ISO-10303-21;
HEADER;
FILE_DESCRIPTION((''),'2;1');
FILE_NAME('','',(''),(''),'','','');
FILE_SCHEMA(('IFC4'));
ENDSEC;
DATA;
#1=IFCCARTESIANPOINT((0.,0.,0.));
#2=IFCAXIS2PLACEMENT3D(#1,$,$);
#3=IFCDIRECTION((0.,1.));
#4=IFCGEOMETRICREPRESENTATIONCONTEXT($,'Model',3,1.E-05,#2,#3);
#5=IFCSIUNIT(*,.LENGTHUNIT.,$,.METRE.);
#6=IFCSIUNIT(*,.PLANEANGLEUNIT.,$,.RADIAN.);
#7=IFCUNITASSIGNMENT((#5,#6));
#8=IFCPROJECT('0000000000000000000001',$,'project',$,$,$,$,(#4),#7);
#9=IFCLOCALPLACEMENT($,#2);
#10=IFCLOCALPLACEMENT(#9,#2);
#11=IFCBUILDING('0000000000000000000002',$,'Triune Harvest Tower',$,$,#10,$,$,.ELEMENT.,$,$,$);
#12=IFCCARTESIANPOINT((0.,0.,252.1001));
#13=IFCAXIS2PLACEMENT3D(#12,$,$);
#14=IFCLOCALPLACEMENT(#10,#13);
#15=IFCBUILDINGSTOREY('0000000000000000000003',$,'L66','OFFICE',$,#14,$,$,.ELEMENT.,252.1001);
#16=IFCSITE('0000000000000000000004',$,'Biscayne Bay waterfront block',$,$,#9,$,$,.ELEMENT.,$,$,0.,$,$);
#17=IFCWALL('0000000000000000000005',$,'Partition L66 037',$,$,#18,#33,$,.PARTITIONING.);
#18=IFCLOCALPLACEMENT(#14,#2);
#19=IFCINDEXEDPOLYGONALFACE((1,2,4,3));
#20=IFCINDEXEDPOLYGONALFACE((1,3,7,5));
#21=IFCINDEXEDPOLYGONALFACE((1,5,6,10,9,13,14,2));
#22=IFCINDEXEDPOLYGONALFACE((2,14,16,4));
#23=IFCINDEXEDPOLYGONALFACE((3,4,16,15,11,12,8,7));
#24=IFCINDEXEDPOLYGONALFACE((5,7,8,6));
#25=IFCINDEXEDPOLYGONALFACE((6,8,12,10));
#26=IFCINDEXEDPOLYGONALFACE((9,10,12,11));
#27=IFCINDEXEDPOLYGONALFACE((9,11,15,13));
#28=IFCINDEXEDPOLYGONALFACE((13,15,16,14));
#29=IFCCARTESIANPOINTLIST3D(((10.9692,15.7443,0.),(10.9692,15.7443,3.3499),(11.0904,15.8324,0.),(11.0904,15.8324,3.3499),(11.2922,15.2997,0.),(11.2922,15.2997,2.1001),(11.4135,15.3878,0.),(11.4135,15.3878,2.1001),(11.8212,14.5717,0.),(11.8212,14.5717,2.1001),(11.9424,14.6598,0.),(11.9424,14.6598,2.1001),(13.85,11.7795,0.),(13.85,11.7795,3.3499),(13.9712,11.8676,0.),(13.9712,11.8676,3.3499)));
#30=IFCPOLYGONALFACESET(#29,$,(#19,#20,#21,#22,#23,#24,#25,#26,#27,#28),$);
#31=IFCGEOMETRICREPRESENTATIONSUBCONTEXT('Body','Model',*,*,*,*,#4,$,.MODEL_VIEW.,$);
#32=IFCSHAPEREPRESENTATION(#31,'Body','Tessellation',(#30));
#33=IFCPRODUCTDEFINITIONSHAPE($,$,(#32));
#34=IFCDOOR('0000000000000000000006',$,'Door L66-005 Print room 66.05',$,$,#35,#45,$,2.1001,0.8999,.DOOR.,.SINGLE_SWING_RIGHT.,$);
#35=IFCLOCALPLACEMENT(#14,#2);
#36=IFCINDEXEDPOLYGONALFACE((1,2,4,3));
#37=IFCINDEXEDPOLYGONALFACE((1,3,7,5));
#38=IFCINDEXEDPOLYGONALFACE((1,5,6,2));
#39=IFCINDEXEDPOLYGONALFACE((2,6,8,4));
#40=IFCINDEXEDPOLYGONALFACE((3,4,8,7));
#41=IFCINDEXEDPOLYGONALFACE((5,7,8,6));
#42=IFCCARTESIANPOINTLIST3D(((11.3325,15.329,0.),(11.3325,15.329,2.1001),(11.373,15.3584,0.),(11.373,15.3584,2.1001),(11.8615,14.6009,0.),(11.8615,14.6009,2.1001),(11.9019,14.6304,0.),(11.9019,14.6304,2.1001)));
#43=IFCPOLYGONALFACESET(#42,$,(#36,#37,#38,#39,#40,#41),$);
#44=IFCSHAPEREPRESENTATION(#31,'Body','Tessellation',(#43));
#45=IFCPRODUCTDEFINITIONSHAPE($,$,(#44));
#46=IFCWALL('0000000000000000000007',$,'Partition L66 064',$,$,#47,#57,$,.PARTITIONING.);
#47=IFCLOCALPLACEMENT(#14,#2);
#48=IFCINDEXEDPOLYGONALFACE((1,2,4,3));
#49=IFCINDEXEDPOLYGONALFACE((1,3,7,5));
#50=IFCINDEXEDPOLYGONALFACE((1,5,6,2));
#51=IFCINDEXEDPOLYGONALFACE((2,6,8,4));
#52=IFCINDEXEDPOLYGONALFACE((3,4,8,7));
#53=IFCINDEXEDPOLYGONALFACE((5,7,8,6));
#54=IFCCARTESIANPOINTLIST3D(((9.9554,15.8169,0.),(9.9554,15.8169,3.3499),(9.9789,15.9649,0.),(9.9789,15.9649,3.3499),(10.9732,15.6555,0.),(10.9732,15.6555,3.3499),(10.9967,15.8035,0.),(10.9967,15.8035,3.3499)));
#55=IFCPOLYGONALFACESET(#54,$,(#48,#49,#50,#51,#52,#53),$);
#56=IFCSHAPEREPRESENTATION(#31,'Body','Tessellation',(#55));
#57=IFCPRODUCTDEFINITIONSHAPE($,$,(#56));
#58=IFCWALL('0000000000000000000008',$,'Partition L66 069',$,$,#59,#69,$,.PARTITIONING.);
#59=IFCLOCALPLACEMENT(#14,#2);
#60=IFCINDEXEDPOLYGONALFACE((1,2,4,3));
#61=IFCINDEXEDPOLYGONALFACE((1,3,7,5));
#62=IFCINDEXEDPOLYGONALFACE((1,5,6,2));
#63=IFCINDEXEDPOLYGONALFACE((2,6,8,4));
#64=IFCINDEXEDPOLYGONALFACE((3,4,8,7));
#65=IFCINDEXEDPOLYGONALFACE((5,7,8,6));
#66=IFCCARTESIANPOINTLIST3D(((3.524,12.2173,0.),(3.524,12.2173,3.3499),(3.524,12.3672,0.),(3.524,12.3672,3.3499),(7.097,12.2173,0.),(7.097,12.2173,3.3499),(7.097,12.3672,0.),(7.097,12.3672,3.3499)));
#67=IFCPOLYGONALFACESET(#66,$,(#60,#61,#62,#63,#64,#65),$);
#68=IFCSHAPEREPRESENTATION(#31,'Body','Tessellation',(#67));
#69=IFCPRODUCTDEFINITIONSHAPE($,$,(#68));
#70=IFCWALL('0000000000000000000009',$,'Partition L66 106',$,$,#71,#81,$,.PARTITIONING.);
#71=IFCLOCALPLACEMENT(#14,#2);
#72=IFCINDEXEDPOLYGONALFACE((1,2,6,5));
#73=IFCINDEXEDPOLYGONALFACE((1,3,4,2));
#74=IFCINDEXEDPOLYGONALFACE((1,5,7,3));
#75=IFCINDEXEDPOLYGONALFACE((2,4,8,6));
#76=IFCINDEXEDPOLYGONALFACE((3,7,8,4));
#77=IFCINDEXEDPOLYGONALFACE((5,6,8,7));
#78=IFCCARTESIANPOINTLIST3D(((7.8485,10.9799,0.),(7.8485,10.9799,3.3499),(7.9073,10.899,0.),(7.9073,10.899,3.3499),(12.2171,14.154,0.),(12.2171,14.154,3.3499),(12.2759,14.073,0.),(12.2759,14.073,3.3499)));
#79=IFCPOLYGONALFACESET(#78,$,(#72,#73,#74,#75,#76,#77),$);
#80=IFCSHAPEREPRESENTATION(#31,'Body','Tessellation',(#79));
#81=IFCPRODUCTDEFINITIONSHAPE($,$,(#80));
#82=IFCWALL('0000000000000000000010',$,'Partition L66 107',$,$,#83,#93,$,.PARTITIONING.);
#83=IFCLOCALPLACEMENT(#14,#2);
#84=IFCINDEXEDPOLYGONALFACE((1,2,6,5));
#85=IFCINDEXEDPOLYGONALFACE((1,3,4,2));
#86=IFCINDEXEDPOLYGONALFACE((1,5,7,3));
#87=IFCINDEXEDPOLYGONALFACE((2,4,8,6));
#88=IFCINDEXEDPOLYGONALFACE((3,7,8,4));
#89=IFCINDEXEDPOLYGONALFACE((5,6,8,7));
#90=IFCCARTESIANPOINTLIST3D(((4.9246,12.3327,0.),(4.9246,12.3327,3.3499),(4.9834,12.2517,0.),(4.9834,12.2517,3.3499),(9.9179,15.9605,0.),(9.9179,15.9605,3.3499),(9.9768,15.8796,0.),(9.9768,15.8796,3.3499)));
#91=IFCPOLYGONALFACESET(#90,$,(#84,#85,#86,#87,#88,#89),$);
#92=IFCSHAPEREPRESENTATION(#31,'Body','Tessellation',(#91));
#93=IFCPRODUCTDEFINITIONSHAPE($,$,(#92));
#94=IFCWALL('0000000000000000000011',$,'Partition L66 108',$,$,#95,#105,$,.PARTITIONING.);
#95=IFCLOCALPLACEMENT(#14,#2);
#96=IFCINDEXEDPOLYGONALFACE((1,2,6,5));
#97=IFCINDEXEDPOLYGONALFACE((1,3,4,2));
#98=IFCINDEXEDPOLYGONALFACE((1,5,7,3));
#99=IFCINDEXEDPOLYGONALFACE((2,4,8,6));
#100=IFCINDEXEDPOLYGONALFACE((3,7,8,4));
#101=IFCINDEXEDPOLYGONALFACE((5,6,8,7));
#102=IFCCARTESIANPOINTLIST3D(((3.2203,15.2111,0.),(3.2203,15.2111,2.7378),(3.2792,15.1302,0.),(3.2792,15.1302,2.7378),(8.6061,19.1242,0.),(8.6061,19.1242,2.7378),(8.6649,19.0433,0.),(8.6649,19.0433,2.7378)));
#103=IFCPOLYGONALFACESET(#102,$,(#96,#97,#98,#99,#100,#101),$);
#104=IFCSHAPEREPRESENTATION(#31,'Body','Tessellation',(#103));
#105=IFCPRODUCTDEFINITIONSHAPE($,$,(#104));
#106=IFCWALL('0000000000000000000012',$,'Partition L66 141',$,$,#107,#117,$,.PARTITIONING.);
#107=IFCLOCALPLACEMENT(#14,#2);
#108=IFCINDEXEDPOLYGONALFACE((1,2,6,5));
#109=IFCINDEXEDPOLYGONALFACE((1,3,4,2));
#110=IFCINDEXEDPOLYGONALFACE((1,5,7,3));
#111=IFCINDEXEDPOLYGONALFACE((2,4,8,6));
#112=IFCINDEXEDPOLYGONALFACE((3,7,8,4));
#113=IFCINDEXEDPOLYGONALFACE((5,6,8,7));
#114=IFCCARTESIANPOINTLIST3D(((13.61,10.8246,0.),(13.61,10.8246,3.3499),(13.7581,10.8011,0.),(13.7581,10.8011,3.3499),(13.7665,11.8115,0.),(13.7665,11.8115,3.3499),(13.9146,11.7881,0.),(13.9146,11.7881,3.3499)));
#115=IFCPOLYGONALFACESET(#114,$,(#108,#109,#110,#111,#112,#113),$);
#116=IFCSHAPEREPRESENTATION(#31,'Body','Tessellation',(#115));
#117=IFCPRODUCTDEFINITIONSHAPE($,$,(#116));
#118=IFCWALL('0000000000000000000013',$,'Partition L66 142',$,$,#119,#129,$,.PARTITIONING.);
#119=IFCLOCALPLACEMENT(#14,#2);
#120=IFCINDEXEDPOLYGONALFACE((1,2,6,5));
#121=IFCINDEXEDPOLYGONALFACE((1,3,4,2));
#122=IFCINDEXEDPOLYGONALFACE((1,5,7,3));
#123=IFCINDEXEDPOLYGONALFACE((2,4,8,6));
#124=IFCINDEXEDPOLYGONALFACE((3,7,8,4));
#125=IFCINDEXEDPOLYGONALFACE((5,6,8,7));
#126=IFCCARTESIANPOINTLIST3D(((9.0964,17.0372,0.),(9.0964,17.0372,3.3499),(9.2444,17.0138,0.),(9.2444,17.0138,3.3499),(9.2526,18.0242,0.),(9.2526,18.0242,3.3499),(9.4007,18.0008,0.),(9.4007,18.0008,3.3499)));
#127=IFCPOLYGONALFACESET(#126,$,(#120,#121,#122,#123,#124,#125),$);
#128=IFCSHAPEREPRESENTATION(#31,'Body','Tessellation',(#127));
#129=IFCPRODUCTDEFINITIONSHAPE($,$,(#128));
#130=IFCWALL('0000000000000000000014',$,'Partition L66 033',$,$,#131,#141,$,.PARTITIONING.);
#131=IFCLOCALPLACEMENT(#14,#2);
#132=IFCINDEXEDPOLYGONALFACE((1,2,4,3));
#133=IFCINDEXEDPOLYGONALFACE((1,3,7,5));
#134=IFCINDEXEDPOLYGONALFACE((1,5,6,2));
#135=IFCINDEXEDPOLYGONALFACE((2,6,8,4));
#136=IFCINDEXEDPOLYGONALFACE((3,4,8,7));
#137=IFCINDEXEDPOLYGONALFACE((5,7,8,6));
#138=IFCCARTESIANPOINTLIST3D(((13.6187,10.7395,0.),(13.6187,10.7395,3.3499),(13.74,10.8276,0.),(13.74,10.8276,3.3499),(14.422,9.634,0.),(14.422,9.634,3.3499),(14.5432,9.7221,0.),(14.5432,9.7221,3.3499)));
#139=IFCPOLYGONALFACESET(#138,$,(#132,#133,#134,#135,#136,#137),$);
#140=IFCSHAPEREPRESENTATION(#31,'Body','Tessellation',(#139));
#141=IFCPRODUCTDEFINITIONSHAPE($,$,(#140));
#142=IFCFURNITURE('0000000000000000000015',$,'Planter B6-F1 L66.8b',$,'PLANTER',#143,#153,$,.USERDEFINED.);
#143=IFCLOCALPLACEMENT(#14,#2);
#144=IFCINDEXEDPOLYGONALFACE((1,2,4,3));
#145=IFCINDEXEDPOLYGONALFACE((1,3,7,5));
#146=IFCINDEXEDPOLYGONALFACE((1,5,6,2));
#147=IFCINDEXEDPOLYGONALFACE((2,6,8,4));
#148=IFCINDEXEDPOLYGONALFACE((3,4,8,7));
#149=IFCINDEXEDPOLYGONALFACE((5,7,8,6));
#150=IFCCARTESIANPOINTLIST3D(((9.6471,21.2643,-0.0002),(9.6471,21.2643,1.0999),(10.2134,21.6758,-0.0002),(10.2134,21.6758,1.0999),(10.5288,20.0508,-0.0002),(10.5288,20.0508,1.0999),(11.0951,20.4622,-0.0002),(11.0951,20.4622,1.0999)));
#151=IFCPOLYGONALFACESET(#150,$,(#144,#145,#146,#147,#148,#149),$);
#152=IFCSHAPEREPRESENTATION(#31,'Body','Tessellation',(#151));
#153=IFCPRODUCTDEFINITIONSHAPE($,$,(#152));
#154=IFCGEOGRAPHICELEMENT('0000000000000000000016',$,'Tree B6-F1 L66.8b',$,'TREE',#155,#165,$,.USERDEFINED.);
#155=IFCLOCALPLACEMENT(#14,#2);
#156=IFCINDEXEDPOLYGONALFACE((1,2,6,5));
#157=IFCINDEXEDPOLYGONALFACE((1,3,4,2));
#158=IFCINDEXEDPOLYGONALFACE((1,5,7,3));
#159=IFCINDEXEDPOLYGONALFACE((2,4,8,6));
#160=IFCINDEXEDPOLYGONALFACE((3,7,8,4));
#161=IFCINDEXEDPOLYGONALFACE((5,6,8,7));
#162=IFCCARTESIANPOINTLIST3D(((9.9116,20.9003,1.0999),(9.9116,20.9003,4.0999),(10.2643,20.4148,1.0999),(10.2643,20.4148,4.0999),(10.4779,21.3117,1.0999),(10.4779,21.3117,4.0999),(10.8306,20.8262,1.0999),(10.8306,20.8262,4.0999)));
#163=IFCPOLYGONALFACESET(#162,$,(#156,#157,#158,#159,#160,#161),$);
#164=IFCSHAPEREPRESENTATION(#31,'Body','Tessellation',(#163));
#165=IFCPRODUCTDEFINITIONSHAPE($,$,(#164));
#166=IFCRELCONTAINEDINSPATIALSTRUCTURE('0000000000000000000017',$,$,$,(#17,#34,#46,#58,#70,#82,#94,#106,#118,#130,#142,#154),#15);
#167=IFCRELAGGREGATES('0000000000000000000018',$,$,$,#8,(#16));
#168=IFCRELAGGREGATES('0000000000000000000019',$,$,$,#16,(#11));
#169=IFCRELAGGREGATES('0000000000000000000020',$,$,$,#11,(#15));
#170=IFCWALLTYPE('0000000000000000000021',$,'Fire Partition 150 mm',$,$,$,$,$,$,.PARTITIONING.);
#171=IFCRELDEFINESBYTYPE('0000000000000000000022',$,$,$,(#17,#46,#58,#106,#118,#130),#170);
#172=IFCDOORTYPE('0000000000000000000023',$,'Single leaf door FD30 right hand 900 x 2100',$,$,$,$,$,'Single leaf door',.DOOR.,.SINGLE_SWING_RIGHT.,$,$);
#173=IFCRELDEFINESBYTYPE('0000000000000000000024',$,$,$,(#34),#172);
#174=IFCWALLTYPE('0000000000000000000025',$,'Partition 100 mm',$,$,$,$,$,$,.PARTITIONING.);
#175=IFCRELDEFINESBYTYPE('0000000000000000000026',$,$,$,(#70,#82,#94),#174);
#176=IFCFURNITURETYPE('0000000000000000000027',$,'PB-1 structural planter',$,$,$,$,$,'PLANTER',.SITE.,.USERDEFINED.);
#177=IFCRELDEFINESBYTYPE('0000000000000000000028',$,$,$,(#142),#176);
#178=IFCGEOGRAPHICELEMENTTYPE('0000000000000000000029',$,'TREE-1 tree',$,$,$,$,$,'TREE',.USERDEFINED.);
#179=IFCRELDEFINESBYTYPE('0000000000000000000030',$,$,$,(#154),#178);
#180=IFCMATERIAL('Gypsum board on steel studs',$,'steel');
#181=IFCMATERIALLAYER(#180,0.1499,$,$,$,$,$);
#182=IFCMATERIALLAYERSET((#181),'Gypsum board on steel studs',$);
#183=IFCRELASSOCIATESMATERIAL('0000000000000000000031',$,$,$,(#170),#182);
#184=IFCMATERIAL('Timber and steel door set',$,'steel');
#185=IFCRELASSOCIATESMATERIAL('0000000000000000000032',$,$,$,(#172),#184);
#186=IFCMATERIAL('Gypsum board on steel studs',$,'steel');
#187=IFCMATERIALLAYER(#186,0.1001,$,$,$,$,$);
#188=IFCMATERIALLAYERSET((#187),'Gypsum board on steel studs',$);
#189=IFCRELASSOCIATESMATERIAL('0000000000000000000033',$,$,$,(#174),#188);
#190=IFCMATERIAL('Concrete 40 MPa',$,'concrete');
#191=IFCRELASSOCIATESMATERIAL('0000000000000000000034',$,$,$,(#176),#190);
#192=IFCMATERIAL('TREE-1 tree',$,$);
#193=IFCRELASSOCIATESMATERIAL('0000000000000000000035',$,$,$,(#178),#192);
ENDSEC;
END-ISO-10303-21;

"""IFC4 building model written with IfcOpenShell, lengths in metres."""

from ifc_helpers import new_model, si_unit, direction, frame, frame_2d, origin, origin_2d, place, context, subcontext, project, spatial, rectangle, extrude, source, transform, mapped, material, layer, layer_set, type_object, element, fill, save


model = new_model("IFC4")

# Units and contexts
model_context = context("Model", 3, precision=1e-05, world=origin(), true_north=direction((0.0, 1.0)))
body_context = subcontext(model_context, "Body", "Model", "MODEL_VIEW")
ifc_project = project(units=[si_unit("LENGTHUNIT", "METRE"), si_unit("PLANEANGLEUNIT", "RADIAN")], contexts=[model_context])

# Site, building, storey
site_placement = place(None, origin())
site = spatial("IfcSite", under=ifc_project, at=site_placement, Name="Biscayne Bay waterfront block", CompositionType="ELEMENT", RefElevation=0.0)
building_placement = place(site_placement, origin())
building = spatial("IfcBuilding", under=site, at=building_placement, Name="Triune Harvest Tower", CompositionType="ELEMENT")
storey_placement = place(building_placement, frame((0.0, 0.0, 252.1001)))
storey = spatial("IfcBuildingStorey", under=building, at=storey_placement, Name="L66", Description="OFFICE", CompositionType="ELEMENT", Elevation=252.1001)

# Shared definitions
ifc_material_1 = material(Name="Gypsum board on steel studs", Category="steel")
ifc_layer_1 = layer(ifc_material_1, 0.1499)
ifc_layer_set_1 = layer_set([ifc_layer_1], Name="Gypsum board on steel studs")
wall_type_1 = type_object("IfcWallType", Name="Fire Partition 150 mm", PredefinedType="PARTITIONING", material=ifc_layer_set_1)

# Wall, opening, door
wall_1_placement = place(storey_placement, frame((11.0298, 15.7883, 0.0), z_axis=(0.0, 0.0, 1.0), x_axis=(0.587816, -0.808995, 0.0)))
wall_1 = element("IfcWall", 1, at=wall_1_placement, inside=storey, type_object=wall_type_1, Name="Partition L66 037", PredefinedType="PARTITIONING", context=body_context, shape_type="SweptSolid", body=[
    extrude(rectangle(XDim=4.9009, YDim=0.1499, at=frame_2d((2.4504, 0.0))), origin(), (0.0, 0.0, 1.0), 3.3499),
])
opening_1_placement = place(wall_1_placement, frame((0.5496, 0.0, 0.0)))
opening_1 = element("IfcOpeningElement", 2, at=opening_1_placement, cuts=wall_1, PredefinedType="OPENING", context=body_context, shape_type="SweptSolid", body=[
    extrude(rectangle(XDim=0.8999, YDim=2.1001, at=frame_2d((0.45, 1.05))), frame((0.0, 0.085, 0.0), z_axis=(0.0, -1.0, 0.0), x_axis=(1.0, 0.0, 0.0)), (0.0, 0.0, 1.0), 0.1699),
])
ifc_material_2 = material(Name="Timber and steel door set", Category="steel")
door_type_1 = type_object("IfcDoorType", Name="Single leaf door FD30 right hand 900 x 2100", ElementType="Single leaf door", OperationType="SINGLE_SWING_RIGHT", PredefinedType="DOOR", material=ifc_material_2)
door_1_placement = place(opening_1_placement, origin())
door_1 = element("IfcDoor", 3, at=door_1_placement, inside=storey, type_object=door_type_1, Name="Door L66-005 Print room 66.05", OperationType="SINGLE_SWING_RIGHT", OverallHeight=2.1001, OverallWidth=0.8999, PredefinedType="DOOR", context=body_context, shape_type="SweptSolid", body=[
    extrude(rectangle(XDim=0.8999, YDim=2.1001, at=frame_2d((0.45, 1.05))), frame((0.0, 0.0249, 0.0), z_axis=(0.0, -1.0, 0.0), x_axis=(1.0, 0.0, 0.0)), (0.0, 0.0, 1.0), 0.05),
])
fill(opening_1, door_1)

# Walls
wall_2_placement = place(storey_placement, frame((9.9673, 15.8909, 0.0), z_axis=(0.0, 0.0, 1.0), x_axis=(0.987663, -0.156595, 0.0)))
element("IfcWall", 4, at=wall_2_placement, inside=storey, type_object=wall_type_1, Name="Partition L66 064", PredefinedType="PARTITIONING", context=body_context, shape_type="SweptSolid", body=[
    extrude(rectangle(XDim=1.0305, YDim=0.1499, at=frame_2d((0.5151, 0.0))), origin(), (0.0, 0.0, 1.0), 3.3499),
])
wall_3_placement = place(storey_placement, frame((3.5239, 12.2922, 0.0), z_axis=(0.0, 0.0, 1.0), x_axis=(1.0, 0.0, 0.0)))
element("IfcWall", 5, at=wall_3_placement, inside=storey, type_object=wall_type_1, Name="Partition L66 069", PredefinedType="PARTITIONING", context=body_context, shape_type="SweptSolid", body=[
    extrude(rectangle(XDim=3.573, YDim=0.1499, at=frame_2d((1.7866, 0.0))), origin(), (0.0, 0.0, 1.0), 3.3499),
])
ifc_material_3 = material(Name="Gypsum board on steel studs", Category="steel")
ifc_layer_2 = layer(ifc_material_3, 0.1001)
ifc_layer_set_2 = layer_set([ifc_layer_2], Name="Gypsum board on steel studs")
wall_type_2 = type_object("IfcWallType", Name="Partition 100 mm", PredefinedType="PARTITIONING", material=ifc_layer_set_2)
wall_4_placement = place(storey_placement, frame((7.8779, 10.9395, 0.0), z_axis=(0.0, 0.0, 1.0), x_axis=(0.809012, 0.587793, 0.0)))
element("IfcWall", 6, at=wall_4_placement, inside=storey, type_object=wall_type_2, Name="Partition L66 106", PredefinedType="PARTITIONING", context=body_context, shape_type="SweptSolid", body=[
    extrude(rectangle(XDim=5.3999, YDim=0.1001, at=frame_2d((2.7, 0.0))), origin(), (0.0, 0.0, 1.0), 3.3499),
])
wall_5_placement = place(storey_placement, frame((4.9541, 12.2922, 0.0), z_axis=(0.0, 0.0, 1.0), x_axis=(0.809017, 0.587786, 0.0)))
element("IfcWall", 7, at=wall_5_placement, inside=storey, type_object=wall_type_2, Name="Partition L66 107", PredefinedType="PARTITIONING", context=body_context, shape_type="SweptSolid", body=[
    extrude(rectangle(XDim=6.1721, YDim=0.1001, at=frame_2d((3.0859, 0.0))), origin(), (0.0, 0.0, 1.0), 3.3499),
])
wall_6_placement = place(storey_placement, frame((3.2498, 15.1707, 0.0), z_axis=(0.0, 0.0, 1.0), x_axis=(0.809009, 0.587797, 0.0)))
element("IfcWall", 8, at=wall_6_placement, inside=storey, type_object=wall_type_2, Name="Partition L66 108", PredefinedType="PARTITIONING", context=body_context, shape_type="SweptSolid", body=[
    extrude(rectangle(XDim=6.6572, YDim=0.1001, at=frame_2d((3.3286, 0.0))), origin(), (0.0, 0.0, 1.0), 2.7378),
])

# Walls
shared_shape_1 = source(origin(), body_context, "Body", "SweptSolid", [
    extrude(rectangle(XDim=0.9993, YDim=0.1499, at=frame_2d((0.4995, 0.0))), origin(), (0.0, 0.0, 1.0), 3.3499),
])
for number, where, z_axis, x_axis, name in (
    (9, (13.6841, 10.813, 0.0), (0.0, 0.0, 1.0), (0.156628, 0.987658, 0.0), "Partition L66 141"),
    (10, (9.1704, 17.0256, 0.0), (0.0, 0.0, 1.0), (0.156351, 0.987701, 0.0), "Partition L66 142"),
):
    element("IfcWall", number, at=place(storey_placement, frame(where, z_axis=z_axis, x_axis=x_axis)), inside=storey, type_object=wall_type_1, Name=name, PredefinedType="PARTITIONING", context=body_context, shape_type="MappedRepresentation", body=[
        mapped(shared_shape_1, transform((0.0, 0.0, 0.0), scale=1.0)),
    ])
shared_shape_2 = source(origin(), body_context, "Body", "SweptSolid", [
    extrude(rectangle(XDim=1.3665, YDim=0.1499, at=frame_2d((0.6831, 0.0))), origin(), (0.0, 0.0, 1.0), 3.3499),
])
wall_7_placement = place(storey_placement, frame((13.6794, 10.7834, 0.0), z_axis=(0.0, 0.0, 1.0), x_axis=(0.58781, -0.808999, 0.0)))
element("IfcWall", 11, at=wall_7_placement, inside=storey, type_object=wall_type_1, Name="Partition L66 033", PredefinedType="PARTITIONING", context=body_context, shape_type="MappedRepresentation", body=[
    mapped(shared_shape_2, transform((0.0, 0.0, 0.0), scale=1.0)),
])

# Furniture
ifc_material_4 = material(Name="Concrete 40 MPa", Category="concrete")
furniture_type = type_object("IfcFurnitureType", Name="PB-1 structural planter", ElementType="PLANTER", AssemblyPlace="SITE", PredefinedType="USERDEFINED", material=ifc_material_4)
shared_shape_3 = source(origin(), body_context, "Body", "SweptSolid", [
    extrude(rectangle(XDim=1.5, YDim=0.7, at=origin_2d()), origin(), (0.0, 0.0, 1.0), 1.1001),
])
furniture_placement = place(storey_placement, frame((10.3711, 20.8633, -0.0002), z_axis=(0.0, 0.0, 1.0), x_axis=(-0.587786, 0.809017, 0.0)))
element("IfcFurniture", 12, at=furniture_placement, inside=storey, type_object=furniture_type, Name="Planter B6-F1 L66.8b", ObjectType="PLANTER", PredefinedType="USERDEFINED", context=body_context, shape_type="MappedRepresentation", body=[
    mapped(shared_shape_3, transform((0.0, 0.0, 0.0), scale=1.0)),
])

# Geographic element
ifc_material_5 = material(Name="TREE-1 tree")
geographic_element_type = type_object("IfcGeographicElementType", Name="TREE-1 tree", ElementType="TREE", PredefinedType="USERDEFINED", material=ifc_material_5)
shared_shape_4 = source(origin(), body_context, "Body", "SweptSolid", [
    extrude(rectangle(XDim=0.6001, YDim=0.7, at=origin_2d()), origin(), (0.0, 0.0, 1.0), 3.0),
])
geographic_element_placement = place(storey_placement, frame((10.3711, 20.8633, 1.0999), z_axis=(0.0, 0.0, 1.0), x_axis=(-0.587786, 0.809017, 0.0)))
element("IfcGeographicElement", 13, at=geographic_element_placement, inside=storey, type_object=geographic_element_type, Name="Tree B6-F1 L66.8b", ObjectType="TREE", PredefinedType="USERDEFINED", context=body_context, shape_type="MappedRepresentation", body=[
    mapped(shared_shape_4, transform((0.0, 0.0, 0.0), scale=1.0)),
])

save(model, "model.ifc")
